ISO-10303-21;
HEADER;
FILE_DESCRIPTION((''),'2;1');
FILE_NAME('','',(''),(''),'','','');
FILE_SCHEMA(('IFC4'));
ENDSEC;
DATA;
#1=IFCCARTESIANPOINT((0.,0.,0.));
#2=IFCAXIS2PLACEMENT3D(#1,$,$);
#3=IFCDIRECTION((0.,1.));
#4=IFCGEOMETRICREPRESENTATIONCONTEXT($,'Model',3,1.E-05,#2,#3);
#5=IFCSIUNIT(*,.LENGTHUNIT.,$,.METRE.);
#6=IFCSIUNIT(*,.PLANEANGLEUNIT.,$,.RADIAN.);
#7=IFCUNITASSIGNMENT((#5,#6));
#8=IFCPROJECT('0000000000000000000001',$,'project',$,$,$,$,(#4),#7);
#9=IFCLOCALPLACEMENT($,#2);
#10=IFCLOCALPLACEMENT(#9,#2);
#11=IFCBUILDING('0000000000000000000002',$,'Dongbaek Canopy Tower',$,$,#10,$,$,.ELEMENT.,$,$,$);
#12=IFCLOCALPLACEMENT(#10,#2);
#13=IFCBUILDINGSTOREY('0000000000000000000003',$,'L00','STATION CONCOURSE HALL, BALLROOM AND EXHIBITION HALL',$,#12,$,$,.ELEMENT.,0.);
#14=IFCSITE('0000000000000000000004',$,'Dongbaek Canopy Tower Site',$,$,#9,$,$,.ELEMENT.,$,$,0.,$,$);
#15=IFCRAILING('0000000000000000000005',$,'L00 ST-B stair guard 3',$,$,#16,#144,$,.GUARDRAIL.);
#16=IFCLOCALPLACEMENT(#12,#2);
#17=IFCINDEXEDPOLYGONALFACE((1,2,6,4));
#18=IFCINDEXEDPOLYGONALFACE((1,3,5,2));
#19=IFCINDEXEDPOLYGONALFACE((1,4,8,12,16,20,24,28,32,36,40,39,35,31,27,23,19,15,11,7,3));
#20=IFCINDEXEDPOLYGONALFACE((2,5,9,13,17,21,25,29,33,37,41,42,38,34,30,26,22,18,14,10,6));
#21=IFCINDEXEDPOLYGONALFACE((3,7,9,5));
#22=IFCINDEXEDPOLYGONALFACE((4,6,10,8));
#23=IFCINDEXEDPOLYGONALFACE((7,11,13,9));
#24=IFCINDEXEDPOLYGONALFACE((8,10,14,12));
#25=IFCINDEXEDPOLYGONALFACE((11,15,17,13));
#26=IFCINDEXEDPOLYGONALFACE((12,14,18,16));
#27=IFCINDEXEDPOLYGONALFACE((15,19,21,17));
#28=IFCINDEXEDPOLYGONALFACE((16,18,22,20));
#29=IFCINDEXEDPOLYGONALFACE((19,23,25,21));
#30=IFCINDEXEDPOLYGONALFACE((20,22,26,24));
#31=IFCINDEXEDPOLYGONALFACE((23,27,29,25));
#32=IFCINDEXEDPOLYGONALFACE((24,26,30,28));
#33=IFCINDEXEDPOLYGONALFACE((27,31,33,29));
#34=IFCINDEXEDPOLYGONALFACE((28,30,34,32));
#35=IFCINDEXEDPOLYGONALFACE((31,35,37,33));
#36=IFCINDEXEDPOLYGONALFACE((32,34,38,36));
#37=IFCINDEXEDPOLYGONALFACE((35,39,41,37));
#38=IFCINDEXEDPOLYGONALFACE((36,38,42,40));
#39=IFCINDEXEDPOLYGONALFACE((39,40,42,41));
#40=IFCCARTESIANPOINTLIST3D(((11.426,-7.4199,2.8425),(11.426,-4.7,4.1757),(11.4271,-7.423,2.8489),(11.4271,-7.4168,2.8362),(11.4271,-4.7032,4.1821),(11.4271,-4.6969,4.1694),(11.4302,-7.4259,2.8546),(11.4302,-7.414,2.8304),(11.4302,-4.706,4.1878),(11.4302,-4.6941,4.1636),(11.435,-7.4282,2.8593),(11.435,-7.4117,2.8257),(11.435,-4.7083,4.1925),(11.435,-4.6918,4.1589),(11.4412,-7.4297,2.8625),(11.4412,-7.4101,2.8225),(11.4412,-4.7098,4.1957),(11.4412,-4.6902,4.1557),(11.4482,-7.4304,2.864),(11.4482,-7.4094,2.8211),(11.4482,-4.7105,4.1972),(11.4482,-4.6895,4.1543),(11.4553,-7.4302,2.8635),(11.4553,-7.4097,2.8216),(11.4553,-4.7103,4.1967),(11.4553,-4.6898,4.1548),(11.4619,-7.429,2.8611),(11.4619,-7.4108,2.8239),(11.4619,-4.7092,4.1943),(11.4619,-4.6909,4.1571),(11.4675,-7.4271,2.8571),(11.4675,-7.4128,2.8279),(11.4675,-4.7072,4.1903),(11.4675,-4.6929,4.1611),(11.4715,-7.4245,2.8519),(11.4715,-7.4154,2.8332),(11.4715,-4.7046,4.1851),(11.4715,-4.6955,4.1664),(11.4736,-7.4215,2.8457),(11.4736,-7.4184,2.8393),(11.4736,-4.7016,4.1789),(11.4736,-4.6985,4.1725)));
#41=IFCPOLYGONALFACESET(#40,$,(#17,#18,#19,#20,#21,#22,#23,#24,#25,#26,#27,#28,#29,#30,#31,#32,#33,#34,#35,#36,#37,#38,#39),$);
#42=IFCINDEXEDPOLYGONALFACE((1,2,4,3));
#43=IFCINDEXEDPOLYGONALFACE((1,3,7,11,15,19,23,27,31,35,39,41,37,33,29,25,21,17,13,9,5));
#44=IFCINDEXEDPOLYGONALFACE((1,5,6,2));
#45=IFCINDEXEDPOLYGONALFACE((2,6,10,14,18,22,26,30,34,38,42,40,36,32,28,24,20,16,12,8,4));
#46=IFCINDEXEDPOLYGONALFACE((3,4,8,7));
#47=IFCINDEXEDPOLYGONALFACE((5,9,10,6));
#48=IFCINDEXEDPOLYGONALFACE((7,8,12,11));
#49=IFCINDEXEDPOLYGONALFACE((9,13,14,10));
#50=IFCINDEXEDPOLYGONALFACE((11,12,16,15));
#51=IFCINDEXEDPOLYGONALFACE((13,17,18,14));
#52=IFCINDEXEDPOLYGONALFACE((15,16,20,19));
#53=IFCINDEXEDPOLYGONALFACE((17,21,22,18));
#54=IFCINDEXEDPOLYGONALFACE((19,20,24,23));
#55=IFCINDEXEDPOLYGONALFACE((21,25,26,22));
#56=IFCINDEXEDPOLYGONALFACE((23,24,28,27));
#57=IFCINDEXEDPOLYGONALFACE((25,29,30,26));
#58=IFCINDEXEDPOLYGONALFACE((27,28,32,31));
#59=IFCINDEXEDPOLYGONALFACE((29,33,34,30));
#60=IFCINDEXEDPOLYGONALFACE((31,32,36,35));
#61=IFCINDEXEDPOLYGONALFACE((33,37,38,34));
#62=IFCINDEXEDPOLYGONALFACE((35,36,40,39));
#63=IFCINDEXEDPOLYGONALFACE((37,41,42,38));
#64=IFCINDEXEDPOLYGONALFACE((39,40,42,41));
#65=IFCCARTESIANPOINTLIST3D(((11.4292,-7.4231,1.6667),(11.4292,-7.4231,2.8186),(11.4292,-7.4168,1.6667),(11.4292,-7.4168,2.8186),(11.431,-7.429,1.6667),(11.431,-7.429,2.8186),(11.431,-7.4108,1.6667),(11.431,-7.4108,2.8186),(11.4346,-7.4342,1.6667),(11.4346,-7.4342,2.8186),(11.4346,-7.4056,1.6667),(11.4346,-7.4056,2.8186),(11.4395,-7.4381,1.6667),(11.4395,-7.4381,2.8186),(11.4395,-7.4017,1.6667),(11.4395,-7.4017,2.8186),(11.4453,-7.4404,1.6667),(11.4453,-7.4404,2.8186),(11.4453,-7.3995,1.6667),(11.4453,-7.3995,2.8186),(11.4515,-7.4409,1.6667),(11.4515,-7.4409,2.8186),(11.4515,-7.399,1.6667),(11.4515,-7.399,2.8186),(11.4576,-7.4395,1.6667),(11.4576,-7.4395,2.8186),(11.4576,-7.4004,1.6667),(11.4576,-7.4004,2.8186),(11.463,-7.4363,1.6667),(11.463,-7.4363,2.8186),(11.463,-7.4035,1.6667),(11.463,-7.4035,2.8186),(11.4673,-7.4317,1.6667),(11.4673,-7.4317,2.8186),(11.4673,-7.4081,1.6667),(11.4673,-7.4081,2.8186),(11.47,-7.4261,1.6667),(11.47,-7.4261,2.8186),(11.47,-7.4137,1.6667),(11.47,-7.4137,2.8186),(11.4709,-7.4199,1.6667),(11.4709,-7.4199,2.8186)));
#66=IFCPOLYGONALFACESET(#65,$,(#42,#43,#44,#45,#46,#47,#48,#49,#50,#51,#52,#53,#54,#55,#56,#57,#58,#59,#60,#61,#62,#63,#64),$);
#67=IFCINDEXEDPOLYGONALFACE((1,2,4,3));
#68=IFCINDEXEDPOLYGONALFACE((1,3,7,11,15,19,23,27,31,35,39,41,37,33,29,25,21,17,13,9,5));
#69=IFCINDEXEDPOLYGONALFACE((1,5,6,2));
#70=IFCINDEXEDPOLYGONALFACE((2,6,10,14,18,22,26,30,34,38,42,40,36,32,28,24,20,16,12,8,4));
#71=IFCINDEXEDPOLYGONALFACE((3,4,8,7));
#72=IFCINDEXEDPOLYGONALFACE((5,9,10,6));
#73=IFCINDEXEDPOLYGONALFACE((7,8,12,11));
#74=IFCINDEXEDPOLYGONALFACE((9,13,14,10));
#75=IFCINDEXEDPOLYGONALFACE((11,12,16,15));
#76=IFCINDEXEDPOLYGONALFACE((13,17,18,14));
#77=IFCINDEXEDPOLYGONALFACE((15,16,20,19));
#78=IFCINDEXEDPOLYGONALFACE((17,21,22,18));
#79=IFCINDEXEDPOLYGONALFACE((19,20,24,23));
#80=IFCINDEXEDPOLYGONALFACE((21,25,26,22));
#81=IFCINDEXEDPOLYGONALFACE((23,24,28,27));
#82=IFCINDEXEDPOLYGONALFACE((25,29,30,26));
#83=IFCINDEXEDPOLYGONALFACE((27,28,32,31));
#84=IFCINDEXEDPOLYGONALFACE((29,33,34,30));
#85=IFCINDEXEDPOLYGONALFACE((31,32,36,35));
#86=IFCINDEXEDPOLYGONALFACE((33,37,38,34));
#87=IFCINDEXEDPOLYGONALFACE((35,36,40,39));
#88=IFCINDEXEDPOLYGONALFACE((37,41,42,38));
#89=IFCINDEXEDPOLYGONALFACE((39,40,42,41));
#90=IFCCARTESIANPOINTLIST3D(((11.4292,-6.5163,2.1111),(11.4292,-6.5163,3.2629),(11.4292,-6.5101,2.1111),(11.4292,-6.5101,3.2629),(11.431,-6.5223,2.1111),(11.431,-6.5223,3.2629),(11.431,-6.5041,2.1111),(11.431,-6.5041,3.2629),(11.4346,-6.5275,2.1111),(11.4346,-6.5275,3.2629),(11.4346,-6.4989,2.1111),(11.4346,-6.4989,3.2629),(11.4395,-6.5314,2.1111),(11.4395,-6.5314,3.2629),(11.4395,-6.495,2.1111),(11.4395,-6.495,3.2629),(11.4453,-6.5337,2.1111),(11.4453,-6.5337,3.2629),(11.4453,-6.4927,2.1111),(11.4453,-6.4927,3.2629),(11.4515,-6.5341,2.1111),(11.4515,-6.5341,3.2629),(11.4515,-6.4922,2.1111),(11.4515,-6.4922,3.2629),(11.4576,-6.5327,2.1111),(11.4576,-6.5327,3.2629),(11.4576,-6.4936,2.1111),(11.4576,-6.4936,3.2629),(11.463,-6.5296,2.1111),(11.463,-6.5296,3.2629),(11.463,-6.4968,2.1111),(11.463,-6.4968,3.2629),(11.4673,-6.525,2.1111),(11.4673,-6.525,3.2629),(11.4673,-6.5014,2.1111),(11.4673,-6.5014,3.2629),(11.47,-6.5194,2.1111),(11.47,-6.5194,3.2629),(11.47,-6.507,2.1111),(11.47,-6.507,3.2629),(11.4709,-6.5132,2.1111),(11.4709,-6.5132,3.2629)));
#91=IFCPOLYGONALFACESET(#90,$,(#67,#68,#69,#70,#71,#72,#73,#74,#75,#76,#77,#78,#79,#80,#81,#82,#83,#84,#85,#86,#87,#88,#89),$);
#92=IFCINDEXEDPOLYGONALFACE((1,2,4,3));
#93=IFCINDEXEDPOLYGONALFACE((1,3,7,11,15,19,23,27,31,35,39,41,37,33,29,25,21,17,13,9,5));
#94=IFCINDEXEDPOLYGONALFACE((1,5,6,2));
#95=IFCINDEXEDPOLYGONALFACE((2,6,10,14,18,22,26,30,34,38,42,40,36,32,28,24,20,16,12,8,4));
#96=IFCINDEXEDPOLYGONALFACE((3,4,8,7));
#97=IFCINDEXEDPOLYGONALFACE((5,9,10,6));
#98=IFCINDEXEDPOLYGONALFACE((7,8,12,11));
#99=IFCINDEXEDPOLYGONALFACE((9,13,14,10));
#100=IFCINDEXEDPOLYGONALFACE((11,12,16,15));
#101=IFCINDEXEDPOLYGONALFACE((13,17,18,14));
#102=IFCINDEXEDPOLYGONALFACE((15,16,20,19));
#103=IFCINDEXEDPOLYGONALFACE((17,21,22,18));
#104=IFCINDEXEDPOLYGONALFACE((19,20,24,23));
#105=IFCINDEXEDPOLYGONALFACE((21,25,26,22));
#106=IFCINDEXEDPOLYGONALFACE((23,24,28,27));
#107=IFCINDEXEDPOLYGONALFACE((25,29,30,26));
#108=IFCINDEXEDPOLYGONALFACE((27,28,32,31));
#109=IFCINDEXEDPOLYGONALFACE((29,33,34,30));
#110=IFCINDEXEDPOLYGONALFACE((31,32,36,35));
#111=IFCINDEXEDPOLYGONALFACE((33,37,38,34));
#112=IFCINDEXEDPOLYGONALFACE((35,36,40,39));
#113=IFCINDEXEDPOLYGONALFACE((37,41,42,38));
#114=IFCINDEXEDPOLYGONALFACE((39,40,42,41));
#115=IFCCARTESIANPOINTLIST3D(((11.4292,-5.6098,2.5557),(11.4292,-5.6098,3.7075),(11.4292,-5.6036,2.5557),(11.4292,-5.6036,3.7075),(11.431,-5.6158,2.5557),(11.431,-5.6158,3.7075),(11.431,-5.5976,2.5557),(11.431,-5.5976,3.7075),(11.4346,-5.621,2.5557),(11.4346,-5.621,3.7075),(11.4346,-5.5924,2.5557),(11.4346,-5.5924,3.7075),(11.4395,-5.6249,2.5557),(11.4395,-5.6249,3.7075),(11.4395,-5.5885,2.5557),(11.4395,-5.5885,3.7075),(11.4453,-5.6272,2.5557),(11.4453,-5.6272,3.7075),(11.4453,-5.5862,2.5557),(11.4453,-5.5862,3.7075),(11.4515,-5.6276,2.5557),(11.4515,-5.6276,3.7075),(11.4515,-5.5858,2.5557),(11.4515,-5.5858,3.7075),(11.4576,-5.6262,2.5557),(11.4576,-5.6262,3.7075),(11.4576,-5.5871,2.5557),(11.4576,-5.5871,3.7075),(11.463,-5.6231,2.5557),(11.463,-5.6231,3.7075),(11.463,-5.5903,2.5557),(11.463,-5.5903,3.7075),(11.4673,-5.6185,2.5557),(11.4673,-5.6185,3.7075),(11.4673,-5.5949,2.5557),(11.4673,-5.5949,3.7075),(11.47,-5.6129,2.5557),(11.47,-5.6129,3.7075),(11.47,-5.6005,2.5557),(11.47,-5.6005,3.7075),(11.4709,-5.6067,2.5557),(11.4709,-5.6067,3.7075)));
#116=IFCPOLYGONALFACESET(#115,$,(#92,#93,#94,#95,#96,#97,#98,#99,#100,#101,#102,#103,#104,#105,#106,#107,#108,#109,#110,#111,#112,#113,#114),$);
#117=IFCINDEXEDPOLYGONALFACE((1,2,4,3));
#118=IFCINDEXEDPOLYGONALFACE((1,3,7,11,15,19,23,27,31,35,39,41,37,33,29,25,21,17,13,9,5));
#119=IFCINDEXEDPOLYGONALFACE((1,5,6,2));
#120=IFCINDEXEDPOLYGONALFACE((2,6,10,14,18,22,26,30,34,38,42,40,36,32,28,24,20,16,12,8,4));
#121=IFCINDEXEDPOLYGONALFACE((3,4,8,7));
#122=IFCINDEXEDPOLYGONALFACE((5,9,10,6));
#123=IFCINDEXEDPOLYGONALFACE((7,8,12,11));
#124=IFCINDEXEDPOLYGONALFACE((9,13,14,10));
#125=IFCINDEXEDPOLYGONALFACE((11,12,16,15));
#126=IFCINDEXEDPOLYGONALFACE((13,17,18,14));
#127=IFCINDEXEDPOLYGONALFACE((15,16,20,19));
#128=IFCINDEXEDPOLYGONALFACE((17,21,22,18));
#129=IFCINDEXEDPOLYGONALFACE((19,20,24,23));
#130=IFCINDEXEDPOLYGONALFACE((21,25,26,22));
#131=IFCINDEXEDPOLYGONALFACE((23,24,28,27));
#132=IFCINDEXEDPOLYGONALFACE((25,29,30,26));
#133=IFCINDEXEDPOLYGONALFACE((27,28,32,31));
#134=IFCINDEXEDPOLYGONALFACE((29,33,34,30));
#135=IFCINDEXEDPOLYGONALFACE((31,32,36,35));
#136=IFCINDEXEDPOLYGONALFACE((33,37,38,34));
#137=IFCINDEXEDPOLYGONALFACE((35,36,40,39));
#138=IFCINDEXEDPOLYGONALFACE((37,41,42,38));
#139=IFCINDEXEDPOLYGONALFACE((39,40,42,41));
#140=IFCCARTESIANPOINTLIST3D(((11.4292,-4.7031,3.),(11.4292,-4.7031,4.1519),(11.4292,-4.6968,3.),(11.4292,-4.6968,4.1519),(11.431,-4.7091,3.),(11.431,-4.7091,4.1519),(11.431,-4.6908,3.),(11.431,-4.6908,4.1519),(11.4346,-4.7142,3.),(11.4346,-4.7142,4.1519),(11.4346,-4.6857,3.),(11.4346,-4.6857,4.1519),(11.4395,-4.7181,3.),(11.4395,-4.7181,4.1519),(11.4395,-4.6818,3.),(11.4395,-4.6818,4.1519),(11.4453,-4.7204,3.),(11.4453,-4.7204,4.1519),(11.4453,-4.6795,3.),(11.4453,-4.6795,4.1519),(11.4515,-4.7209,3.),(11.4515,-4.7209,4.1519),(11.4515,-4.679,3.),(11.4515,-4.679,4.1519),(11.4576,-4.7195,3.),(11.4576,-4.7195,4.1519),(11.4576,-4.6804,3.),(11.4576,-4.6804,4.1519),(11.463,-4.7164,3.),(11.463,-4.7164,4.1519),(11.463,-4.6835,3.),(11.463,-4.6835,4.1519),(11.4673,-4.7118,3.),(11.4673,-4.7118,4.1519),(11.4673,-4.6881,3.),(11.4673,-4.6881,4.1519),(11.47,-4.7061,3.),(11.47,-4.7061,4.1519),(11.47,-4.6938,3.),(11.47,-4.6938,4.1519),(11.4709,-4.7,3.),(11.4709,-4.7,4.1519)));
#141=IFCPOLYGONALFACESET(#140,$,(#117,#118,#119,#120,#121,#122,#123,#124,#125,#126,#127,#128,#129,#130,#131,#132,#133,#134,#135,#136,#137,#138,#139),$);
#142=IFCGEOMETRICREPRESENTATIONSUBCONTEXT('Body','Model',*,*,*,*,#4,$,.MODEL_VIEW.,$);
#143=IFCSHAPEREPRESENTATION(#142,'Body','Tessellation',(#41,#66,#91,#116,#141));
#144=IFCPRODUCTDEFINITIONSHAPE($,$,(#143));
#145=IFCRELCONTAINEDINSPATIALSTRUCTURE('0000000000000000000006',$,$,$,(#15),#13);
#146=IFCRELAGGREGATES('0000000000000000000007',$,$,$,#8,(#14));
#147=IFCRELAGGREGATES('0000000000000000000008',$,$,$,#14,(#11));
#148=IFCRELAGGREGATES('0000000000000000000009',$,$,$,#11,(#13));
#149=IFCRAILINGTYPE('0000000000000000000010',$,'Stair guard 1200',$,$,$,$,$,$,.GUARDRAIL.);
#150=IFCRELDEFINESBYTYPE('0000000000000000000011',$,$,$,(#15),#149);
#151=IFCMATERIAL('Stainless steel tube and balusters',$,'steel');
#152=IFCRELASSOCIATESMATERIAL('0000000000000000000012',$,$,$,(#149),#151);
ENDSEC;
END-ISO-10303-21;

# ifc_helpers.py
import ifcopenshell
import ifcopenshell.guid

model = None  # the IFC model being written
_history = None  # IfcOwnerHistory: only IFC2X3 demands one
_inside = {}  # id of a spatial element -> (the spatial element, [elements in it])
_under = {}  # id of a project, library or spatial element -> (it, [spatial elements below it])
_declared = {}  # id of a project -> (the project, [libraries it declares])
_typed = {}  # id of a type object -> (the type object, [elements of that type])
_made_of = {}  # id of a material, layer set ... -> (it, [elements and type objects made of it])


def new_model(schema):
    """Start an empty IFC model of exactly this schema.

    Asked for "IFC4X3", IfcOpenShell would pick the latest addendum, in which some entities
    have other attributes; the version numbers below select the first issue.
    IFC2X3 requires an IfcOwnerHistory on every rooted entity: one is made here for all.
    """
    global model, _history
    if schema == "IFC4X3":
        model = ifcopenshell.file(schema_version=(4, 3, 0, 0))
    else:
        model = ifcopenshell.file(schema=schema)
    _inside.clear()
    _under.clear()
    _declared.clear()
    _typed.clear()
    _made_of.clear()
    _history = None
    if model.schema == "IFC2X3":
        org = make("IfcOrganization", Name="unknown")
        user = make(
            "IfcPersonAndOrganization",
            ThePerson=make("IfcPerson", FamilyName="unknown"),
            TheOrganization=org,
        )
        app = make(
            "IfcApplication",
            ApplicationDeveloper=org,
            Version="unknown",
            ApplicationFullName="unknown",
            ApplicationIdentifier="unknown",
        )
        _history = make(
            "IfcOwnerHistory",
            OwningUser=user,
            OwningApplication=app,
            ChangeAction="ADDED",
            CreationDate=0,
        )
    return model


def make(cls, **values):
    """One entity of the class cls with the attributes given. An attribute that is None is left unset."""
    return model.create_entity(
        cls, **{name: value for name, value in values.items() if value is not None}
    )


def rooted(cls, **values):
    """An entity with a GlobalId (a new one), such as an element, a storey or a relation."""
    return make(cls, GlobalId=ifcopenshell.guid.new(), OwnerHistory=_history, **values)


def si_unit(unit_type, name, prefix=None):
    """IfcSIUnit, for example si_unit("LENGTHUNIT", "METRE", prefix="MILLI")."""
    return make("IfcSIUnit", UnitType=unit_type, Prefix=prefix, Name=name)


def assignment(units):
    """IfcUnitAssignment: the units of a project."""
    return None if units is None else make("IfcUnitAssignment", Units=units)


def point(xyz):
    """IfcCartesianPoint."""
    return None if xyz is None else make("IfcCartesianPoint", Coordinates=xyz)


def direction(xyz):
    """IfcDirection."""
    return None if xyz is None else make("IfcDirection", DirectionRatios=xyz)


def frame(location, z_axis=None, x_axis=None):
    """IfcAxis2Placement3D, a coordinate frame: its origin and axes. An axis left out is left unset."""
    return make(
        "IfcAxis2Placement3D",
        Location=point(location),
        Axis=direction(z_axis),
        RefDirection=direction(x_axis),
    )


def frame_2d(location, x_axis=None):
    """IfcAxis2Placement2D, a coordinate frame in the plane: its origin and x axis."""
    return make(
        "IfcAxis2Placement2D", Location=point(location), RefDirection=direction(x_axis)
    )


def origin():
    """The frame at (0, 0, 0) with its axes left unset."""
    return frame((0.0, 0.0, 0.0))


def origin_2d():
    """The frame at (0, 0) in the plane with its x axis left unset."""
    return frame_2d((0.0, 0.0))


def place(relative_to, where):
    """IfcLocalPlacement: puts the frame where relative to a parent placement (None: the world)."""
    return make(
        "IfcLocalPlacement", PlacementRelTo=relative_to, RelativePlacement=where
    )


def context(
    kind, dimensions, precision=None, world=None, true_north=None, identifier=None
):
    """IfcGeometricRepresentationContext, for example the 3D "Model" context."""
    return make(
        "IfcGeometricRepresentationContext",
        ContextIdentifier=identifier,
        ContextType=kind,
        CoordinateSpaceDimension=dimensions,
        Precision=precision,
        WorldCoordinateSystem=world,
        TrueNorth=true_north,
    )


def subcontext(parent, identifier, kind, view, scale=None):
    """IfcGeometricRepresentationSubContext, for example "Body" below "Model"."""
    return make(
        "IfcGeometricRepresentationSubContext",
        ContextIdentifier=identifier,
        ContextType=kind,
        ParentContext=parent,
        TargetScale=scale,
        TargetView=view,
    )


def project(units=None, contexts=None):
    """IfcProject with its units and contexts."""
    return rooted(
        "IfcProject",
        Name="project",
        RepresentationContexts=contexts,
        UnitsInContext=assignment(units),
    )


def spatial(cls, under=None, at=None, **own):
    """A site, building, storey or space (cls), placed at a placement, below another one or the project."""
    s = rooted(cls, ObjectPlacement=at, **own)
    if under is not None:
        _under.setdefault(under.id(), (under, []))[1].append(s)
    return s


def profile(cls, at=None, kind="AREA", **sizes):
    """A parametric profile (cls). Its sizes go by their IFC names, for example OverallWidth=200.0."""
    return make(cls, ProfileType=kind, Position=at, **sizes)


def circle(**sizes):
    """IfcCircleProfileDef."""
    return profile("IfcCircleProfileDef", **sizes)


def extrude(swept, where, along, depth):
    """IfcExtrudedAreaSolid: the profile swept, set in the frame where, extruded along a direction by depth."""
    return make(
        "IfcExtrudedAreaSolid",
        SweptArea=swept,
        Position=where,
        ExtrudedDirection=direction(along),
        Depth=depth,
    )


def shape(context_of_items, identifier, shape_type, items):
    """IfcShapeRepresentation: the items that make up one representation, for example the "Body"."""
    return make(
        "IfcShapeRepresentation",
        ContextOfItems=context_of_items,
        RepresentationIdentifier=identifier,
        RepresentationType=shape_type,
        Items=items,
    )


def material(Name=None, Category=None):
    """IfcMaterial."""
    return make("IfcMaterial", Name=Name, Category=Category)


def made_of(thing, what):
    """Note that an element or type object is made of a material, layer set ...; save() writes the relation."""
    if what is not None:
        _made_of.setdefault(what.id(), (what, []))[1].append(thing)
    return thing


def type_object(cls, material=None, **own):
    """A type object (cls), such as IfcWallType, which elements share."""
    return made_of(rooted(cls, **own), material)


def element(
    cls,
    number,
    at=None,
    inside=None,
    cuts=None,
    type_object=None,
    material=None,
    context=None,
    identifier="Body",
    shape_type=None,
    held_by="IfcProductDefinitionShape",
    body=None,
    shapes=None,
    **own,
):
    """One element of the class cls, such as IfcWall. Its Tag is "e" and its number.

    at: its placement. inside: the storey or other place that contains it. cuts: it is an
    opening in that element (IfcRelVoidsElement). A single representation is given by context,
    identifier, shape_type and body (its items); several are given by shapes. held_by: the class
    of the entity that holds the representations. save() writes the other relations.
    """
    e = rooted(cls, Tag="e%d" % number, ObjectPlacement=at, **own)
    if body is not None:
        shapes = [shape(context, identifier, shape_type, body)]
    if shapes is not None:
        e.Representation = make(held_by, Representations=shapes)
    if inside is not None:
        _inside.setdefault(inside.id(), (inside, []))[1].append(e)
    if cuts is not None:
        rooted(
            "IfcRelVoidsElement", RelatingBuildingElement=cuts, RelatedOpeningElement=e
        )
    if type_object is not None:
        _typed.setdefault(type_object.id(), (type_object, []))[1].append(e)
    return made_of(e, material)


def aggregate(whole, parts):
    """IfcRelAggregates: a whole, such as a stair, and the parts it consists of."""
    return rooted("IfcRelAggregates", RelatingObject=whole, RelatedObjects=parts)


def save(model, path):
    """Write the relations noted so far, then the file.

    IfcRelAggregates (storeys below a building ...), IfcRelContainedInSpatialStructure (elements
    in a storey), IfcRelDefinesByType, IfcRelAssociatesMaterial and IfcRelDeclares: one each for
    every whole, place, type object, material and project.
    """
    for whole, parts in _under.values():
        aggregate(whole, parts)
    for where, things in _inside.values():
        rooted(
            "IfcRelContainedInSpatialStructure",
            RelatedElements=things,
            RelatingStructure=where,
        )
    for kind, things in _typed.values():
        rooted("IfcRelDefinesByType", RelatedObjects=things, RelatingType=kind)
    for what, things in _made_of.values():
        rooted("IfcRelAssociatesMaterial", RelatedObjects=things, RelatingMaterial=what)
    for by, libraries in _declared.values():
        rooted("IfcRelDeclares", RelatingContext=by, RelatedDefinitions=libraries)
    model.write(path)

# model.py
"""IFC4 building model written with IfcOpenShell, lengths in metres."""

from ifc_helpers import new_model, si_unit, direction, frame, origin, origin_2d, place, context, subcontext, project, spatial, circle, extrude, material, type_object, element, save


model = new_model("IFC4")

# Units and contexts
model_context = context("Model", 3, precision=1e-05, world=origin(), true_north=direction((0.0, 1.0)))
body_context = subcontext(model_context, "Body", "Model", "MODEL_VIEW")
ifc_project = project(units=[si_unit("LENGTHUNIT", "METRE"), si_unit("PLANEANGLEUNIT", "RADIAN")], contexts=[model_context])

# Site, building, storey
site_placement = place(None, origin())
site = spatial("IfcSite", under=ifc_project, at=site_placement, Name="Dongbaek Canopy Tower Site", CompositionType="ELEMENT", RefElevation=0.0)
building_placement = place(site_placement, origin())
building = spatial("IfcBuilding", under=site, at=building_placement, Name="Dongbaek Canopy Tower", CompositionType="ELEMENT")
storey_placement = place(building_placement, origin())
storey = spatial("IfcBuildingStorey", under=building, at=storey_placement, Name="L00", Description="STATION CONCOURSE HALL, BALLROOM AND EXHIBITION HALL", CompositionType="ELEMENT", Elevation=0.0)

# Railing
ifc_material_1 = material(Name="Stainless steel tube and balusters", Category="steel")
railing_type_1 = type_object("IfcRailingType", Name="Stair guard 1200", PredefinedType="GUARDRAIL", material=ifc_material_1)
railing_1_placement = place(storey_placement, frame((11.45, -7.4199, 1.6667)))
element("IfcRailing", 1, at=railing_1_placement, inside=storey, type_object=railing_type_1, Name="L00 ST-B stair guard 3", PredefinedType="GUARDRAIL", context=body_context, shape_type="SweptSolid", body=[
    extrude(circle(Radius=0.0239, at=origin_2d()), frame((0.0, 0.0, 1.1758), z_axis=(0.0, 0.897929, 0.440139), x_axis=(-1.0, 0.0, 0.0)), (0.0, 0.0, 1.0), 3.0291),
    extrude(circle(Radius=0.021, at=origin_2d()), origin(), (0.0, 0.0, 1.0), 1.1519),
    extrude(circle(Radius=0.021, at=origin_2d()), frame((0.0, 0.9067, 0.4443)), (0.0, 0.0, 1.0), 1.1519),
    extrude(circle(Radius=0.021, at=origin_2d()), frame((0.0, 1.8132, 0.8889)), (0.0, 0.0, 1.0), 1.1519),
    extrude(circle(Radius=0.021, at=origin_2d()), frame((0.0, 2.72, 1.3333)), (0.0, 0.0, 1.0), 1.1519),
])

save(model, "model.ifc")
